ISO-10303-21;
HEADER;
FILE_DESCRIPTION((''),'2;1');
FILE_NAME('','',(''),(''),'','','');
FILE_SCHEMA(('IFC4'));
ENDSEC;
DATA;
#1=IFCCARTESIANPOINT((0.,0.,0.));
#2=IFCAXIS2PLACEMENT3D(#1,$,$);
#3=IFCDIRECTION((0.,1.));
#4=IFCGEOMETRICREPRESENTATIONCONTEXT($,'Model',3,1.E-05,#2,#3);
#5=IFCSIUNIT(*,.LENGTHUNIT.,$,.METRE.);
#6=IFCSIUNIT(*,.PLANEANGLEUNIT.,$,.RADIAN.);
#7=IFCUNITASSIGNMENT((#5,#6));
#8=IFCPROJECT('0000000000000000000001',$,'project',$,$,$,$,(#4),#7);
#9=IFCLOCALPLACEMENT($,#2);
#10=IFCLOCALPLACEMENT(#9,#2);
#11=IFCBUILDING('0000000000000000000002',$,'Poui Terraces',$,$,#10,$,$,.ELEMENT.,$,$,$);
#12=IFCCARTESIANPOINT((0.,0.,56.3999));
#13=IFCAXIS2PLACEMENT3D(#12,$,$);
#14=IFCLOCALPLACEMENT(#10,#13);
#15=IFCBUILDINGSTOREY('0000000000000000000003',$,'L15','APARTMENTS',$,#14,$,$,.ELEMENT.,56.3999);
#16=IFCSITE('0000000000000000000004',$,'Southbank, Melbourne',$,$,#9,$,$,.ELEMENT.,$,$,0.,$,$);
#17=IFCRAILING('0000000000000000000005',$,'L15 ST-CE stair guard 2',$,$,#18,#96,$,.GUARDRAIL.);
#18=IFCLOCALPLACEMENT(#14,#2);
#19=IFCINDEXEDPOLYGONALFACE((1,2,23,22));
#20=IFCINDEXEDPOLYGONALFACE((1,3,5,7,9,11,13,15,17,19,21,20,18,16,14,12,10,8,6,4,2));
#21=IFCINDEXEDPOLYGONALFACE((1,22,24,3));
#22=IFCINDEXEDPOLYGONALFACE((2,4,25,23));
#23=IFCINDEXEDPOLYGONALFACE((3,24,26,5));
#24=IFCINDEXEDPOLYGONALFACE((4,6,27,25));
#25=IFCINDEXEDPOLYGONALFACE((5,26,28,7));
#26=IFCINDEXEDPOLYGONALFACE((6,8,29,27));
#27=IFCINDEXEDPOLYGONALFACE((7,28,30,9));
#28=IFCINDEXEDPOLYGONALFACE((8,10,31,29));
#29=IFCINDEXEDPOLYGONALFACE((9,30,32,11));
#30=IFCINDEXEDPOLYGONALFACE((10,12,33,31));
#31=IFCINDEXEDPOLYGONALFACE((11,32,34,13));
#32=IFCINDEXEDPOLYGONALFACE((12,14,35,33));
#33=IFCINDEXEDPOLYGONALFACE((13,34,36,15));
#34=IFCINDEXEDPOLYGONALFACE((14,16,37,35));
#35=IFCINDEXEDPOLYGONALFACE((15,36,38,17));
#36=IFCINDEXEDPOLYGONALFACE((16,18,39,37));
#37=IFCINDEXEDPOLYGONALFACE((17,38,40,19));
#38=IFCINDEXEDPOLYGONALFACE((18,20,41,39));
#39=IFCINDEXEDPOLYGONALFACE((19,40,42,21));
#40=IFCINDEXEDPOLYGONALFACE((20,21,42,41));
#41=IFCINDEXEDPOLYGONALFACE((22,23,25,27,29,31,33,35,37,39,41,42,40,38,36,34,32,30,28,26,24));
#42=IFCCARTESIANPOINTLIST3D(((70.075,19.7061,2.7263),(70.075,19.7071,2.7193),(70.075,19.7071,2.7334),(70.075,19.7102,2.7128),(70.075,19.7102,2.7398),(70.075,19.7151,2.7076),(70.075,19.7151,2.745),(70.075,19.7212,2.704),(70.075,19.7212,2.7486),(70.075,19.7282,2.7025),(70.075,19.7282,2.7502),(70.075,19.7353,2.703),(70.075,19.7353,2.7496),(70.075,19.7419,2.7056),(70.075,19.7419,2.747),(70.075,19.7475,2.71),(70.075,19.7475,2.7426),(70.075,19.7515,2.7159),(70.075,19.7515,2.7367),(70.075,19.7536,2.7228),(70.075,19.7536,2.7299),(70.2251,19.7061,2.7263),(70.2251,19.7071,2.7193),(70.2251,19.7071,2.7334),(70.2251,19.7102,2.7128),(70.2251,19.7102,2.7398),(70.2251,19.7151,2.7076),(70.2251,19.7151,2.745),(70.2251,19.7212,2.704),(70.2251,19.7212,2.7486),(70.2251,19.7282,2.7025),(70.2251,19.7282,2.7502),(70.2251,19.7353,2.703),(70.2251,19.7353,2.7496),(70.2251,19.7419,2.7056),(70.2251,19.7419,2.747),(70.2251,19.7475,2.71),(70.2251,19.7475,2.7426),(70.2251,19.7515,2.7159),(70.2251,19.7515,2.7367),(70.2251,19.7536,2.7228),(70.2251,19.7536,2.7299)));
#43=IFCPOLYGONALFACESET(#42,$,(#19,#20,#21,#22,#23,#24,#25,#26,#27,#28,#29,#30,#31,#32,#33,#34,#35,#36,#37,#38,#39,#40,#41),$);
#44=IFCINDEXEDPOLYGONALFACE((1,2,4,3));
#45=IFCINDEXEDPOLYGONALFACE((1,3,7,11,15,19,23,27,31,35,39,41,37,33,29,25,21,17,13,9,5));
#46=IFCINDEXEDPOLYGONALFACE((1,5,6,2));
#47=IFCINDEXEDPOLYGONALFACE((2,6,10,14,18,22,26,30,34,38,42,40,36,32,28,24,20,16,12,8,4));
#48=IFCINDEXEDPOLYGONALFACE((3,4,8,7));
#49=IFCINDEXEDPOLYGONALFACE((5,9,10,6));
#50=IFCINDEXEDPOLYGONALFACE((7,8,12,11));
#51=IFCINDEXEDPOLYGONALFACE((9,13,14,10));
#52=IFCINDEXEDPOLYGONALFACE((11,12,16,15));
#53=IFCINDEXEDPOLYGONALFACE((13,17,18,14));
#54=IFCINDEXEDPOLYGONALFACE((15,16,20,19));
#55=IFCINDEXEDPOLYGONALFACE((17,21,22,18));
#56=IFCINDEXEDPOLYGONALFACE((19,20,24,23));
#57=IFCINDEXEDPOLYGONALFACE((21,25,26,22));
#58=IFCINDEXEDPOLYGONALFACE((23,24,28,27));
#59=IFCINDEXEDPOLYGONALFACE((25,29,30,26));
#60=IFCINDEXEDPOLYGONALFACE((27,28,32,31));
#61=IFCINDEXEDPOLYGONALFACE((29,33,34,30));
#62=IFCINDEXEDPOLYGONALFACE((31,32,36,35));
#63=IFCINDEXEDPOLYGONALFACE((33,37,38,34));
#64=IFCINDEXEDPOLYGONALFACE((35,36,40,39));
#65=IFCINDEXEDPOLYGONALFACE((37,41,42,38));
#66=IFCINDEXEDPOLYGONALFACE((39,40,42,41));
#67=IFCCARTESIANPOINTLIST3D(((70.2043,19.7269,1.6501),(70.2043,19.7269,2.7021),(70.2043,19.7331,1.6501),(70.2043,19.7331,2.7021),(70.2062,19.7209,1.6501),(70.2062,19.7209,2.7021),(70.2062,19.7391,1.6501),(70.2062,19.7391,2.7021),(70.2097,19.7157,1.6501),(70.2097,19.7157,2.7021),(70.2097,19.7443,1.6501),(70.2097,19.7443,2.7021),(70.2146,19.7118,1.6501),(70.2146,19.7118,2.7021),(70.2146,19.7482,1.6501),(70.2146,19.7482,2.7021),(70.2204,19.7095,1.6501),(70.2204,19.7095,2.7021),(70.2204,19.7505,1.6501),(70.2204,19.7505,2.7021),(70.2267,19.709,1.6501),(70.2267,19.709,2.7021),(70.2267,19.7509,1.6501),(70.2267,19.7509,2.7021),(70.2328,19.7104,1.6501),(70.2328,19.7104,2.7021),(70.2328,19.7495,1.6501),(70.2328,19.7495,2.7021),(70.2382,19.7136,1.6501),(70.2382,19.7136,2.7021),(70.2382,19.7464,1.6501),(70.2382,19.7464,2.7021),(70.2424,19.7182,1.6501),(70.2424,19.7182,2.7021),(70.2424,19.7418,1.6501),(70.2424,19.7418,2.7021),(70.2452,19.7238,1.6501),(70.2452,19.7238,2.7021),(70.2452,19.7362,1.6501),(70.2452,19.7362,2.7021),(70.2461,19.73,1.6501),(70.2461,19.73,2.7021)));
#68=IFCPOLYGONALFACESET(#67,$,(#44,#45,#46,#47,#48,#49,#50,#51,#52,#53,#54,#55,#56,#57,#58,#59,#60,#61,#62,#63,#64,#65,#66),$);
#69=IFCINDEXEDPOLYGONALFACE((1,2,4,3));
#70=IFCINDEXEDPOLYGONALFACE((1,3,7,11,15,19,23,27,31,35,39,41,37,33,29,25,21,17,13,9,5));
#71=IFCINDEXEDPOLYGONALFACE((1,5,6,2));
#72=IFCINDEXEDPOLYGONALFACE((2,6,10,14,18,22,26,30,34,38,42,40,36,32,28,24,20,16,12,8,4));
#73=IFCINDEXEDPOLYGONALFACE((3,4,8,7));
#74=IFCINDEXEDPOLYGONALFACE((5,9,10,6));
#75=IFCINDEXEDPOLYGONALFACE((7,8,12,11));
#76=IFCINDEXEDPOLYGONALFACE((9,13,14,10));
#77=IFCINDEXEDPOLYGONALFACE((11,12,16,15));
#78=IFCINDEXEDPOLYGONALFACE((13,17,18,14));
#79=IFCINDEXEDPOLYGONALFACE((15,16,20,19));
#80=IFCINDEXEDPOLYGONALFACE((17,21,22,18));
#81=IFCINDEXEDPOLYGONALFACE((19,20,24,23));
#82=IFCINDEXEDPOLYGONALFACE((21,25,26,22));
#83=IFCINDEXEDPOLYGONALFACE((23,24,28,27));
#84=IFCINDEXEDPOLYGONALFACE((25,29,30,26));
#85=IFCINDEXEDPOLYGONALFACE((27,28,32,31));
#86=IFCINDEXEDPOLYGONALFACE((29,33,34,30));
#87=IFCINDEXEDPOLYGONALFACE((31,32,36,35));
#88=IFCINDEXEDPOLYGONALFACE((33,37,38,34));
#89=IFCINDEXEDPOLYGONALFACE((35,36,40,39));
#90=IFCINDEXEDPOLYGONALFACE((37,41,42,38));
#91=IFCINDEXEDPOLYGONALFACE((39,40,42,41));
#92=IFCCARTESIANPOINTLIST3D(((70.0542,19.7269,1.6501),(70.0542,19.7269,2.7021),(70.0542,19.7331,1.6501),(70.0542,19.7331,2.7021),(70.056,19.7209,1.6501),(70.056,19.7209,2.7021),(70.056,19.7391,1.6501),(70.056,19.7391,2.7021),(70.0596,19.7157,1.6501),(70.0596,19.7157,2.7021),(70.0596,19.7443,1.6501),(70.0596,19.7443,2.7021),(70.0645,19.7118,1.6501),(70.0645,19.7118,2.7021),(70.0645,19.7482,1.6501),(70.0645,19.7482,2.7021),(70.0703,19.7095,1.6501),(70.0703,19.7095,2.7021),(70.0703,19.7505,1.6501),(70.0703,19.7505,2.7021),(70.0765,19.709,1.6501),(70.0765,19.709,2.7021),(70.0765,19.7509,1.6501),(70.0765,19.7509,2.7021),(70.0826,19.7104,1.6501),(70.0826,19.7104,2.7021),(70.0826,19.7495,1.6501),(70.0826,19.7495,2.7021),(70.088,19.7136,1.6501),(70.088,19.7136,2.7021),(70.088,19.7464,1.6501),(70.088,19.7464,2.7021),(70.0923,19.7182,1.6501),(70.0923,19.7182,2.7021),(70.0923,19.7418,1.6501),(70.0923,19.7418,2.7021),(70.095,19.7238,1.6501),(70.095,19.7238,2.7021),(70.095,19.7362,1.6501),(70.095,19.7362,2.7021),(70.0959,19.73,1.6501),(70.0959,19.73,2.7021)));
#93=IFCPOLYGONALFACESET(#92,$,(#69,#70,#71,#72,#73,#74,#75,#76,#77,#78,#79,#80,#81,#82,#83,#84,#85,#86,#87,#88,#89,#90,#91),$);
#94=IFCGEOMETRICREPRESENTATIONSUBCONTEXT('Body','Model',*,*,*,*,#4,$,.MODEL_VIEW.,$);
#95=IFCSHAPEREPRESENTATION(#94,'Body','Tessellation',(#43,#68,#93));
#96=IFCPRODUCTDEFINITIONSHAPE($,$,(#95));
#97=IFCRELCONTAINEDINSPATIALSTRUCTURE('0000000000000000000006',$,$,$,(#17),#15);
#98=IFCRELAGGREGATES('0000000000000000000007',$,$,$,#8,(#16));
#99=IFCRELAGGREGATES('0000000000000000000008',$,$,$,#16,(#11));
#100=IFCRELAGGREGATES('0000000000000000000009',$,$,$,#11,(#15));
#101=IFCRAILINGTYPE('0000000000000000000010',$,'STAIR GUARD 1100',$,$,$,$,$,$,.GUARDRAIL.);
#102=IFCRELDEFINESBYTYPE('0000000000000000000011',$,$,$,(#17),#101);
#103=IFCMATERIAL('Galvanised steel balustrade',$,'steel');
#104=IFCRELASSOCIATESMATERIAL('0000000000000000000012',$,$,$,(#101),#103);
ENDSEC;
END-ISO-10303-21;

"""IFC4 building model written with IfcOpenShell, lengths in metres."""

from ifc_helpers import new_model, si_unit, direction, frame, origin, origin_2d, place, context, subcontext, project, spatial, circle, extrude, material, type_object, element, save


model = new_model("IFC4")

# Units and contexts
model_context = context("Model", 3, precision=1e-05, world=origin(), true_north=direction((0.0, 1.0)))
body_context = subcontext(model_context, "Body", "Model", "MODEL_VIEW")
ifc_project = project(units=[si_unit("LENGTHUNIT", "METRE"), si_unit("PLANEANGLEUNIT", "RADIAN")], contexts=[model_context])

# Site, building, storey
site_placement = place(None, origin())
site = spatial("IfcSite", under=ifc_project, at=site_placement, Name="Southbank, Melbourne", CompositionType="ELEMENT", RefElevation=0.0)
building_placement = place(site_placement, origin())
building = spatial("IfcBuilding", under=site, at=building_placement, Name="Poui Terraces", CompositionType="ELEMENT")
storey_placement = place(building_placement, frame((0.0, 0.0, 56.3999)))
storey = spatial("IfcBuildingStorey", under=building, at=storey_placement, Name="L15", Description="APARTMENTS", CompositionType="ELEMENT", Elevation=56.3999)

# Railing
ifc_material_1 = material(Name="Galvanised steel balustrade", Category="steel")
railing_type_1 = type_object("IfcRailingType", Name="STAIR GUARD 1100", PredefinedType="GUARDRAIL", material=ifc_material_1)
railing_1_placement = place(storey_placement, frame((70.2251, 19.73, 1.6501)))
element("IfcRailing", 1, at=railing_1_placement, inside=storey, type_object=railing_type_1, Name="L15 ST-CE stair guard 2", PredefinedType="GUARDRAIL", context=body_context, shape_type="SweptSolid", body=[
    extrude(circle(Radius=0.0239, at=origin_2d()), frame((0.0, 0.0, 1.0762), z_axis=(-1.0, 0.0, 0.0), x_axis=(0.0, -1.0, 0.0)), (0.0, 0.0, 1.0), 0.1501),
    extrude(circle(Radius=0.021, at=origin_2d()), origin(), (0.0, 0.0, 1.0), 1.052),
    extrude(circle(Radius=0.021, at=origin_2d()), frame((-0.1501, 0.0, 0.0)), (0.0, 0.0, 1.0), 1.052),
])

save(model, "model.ifc")
